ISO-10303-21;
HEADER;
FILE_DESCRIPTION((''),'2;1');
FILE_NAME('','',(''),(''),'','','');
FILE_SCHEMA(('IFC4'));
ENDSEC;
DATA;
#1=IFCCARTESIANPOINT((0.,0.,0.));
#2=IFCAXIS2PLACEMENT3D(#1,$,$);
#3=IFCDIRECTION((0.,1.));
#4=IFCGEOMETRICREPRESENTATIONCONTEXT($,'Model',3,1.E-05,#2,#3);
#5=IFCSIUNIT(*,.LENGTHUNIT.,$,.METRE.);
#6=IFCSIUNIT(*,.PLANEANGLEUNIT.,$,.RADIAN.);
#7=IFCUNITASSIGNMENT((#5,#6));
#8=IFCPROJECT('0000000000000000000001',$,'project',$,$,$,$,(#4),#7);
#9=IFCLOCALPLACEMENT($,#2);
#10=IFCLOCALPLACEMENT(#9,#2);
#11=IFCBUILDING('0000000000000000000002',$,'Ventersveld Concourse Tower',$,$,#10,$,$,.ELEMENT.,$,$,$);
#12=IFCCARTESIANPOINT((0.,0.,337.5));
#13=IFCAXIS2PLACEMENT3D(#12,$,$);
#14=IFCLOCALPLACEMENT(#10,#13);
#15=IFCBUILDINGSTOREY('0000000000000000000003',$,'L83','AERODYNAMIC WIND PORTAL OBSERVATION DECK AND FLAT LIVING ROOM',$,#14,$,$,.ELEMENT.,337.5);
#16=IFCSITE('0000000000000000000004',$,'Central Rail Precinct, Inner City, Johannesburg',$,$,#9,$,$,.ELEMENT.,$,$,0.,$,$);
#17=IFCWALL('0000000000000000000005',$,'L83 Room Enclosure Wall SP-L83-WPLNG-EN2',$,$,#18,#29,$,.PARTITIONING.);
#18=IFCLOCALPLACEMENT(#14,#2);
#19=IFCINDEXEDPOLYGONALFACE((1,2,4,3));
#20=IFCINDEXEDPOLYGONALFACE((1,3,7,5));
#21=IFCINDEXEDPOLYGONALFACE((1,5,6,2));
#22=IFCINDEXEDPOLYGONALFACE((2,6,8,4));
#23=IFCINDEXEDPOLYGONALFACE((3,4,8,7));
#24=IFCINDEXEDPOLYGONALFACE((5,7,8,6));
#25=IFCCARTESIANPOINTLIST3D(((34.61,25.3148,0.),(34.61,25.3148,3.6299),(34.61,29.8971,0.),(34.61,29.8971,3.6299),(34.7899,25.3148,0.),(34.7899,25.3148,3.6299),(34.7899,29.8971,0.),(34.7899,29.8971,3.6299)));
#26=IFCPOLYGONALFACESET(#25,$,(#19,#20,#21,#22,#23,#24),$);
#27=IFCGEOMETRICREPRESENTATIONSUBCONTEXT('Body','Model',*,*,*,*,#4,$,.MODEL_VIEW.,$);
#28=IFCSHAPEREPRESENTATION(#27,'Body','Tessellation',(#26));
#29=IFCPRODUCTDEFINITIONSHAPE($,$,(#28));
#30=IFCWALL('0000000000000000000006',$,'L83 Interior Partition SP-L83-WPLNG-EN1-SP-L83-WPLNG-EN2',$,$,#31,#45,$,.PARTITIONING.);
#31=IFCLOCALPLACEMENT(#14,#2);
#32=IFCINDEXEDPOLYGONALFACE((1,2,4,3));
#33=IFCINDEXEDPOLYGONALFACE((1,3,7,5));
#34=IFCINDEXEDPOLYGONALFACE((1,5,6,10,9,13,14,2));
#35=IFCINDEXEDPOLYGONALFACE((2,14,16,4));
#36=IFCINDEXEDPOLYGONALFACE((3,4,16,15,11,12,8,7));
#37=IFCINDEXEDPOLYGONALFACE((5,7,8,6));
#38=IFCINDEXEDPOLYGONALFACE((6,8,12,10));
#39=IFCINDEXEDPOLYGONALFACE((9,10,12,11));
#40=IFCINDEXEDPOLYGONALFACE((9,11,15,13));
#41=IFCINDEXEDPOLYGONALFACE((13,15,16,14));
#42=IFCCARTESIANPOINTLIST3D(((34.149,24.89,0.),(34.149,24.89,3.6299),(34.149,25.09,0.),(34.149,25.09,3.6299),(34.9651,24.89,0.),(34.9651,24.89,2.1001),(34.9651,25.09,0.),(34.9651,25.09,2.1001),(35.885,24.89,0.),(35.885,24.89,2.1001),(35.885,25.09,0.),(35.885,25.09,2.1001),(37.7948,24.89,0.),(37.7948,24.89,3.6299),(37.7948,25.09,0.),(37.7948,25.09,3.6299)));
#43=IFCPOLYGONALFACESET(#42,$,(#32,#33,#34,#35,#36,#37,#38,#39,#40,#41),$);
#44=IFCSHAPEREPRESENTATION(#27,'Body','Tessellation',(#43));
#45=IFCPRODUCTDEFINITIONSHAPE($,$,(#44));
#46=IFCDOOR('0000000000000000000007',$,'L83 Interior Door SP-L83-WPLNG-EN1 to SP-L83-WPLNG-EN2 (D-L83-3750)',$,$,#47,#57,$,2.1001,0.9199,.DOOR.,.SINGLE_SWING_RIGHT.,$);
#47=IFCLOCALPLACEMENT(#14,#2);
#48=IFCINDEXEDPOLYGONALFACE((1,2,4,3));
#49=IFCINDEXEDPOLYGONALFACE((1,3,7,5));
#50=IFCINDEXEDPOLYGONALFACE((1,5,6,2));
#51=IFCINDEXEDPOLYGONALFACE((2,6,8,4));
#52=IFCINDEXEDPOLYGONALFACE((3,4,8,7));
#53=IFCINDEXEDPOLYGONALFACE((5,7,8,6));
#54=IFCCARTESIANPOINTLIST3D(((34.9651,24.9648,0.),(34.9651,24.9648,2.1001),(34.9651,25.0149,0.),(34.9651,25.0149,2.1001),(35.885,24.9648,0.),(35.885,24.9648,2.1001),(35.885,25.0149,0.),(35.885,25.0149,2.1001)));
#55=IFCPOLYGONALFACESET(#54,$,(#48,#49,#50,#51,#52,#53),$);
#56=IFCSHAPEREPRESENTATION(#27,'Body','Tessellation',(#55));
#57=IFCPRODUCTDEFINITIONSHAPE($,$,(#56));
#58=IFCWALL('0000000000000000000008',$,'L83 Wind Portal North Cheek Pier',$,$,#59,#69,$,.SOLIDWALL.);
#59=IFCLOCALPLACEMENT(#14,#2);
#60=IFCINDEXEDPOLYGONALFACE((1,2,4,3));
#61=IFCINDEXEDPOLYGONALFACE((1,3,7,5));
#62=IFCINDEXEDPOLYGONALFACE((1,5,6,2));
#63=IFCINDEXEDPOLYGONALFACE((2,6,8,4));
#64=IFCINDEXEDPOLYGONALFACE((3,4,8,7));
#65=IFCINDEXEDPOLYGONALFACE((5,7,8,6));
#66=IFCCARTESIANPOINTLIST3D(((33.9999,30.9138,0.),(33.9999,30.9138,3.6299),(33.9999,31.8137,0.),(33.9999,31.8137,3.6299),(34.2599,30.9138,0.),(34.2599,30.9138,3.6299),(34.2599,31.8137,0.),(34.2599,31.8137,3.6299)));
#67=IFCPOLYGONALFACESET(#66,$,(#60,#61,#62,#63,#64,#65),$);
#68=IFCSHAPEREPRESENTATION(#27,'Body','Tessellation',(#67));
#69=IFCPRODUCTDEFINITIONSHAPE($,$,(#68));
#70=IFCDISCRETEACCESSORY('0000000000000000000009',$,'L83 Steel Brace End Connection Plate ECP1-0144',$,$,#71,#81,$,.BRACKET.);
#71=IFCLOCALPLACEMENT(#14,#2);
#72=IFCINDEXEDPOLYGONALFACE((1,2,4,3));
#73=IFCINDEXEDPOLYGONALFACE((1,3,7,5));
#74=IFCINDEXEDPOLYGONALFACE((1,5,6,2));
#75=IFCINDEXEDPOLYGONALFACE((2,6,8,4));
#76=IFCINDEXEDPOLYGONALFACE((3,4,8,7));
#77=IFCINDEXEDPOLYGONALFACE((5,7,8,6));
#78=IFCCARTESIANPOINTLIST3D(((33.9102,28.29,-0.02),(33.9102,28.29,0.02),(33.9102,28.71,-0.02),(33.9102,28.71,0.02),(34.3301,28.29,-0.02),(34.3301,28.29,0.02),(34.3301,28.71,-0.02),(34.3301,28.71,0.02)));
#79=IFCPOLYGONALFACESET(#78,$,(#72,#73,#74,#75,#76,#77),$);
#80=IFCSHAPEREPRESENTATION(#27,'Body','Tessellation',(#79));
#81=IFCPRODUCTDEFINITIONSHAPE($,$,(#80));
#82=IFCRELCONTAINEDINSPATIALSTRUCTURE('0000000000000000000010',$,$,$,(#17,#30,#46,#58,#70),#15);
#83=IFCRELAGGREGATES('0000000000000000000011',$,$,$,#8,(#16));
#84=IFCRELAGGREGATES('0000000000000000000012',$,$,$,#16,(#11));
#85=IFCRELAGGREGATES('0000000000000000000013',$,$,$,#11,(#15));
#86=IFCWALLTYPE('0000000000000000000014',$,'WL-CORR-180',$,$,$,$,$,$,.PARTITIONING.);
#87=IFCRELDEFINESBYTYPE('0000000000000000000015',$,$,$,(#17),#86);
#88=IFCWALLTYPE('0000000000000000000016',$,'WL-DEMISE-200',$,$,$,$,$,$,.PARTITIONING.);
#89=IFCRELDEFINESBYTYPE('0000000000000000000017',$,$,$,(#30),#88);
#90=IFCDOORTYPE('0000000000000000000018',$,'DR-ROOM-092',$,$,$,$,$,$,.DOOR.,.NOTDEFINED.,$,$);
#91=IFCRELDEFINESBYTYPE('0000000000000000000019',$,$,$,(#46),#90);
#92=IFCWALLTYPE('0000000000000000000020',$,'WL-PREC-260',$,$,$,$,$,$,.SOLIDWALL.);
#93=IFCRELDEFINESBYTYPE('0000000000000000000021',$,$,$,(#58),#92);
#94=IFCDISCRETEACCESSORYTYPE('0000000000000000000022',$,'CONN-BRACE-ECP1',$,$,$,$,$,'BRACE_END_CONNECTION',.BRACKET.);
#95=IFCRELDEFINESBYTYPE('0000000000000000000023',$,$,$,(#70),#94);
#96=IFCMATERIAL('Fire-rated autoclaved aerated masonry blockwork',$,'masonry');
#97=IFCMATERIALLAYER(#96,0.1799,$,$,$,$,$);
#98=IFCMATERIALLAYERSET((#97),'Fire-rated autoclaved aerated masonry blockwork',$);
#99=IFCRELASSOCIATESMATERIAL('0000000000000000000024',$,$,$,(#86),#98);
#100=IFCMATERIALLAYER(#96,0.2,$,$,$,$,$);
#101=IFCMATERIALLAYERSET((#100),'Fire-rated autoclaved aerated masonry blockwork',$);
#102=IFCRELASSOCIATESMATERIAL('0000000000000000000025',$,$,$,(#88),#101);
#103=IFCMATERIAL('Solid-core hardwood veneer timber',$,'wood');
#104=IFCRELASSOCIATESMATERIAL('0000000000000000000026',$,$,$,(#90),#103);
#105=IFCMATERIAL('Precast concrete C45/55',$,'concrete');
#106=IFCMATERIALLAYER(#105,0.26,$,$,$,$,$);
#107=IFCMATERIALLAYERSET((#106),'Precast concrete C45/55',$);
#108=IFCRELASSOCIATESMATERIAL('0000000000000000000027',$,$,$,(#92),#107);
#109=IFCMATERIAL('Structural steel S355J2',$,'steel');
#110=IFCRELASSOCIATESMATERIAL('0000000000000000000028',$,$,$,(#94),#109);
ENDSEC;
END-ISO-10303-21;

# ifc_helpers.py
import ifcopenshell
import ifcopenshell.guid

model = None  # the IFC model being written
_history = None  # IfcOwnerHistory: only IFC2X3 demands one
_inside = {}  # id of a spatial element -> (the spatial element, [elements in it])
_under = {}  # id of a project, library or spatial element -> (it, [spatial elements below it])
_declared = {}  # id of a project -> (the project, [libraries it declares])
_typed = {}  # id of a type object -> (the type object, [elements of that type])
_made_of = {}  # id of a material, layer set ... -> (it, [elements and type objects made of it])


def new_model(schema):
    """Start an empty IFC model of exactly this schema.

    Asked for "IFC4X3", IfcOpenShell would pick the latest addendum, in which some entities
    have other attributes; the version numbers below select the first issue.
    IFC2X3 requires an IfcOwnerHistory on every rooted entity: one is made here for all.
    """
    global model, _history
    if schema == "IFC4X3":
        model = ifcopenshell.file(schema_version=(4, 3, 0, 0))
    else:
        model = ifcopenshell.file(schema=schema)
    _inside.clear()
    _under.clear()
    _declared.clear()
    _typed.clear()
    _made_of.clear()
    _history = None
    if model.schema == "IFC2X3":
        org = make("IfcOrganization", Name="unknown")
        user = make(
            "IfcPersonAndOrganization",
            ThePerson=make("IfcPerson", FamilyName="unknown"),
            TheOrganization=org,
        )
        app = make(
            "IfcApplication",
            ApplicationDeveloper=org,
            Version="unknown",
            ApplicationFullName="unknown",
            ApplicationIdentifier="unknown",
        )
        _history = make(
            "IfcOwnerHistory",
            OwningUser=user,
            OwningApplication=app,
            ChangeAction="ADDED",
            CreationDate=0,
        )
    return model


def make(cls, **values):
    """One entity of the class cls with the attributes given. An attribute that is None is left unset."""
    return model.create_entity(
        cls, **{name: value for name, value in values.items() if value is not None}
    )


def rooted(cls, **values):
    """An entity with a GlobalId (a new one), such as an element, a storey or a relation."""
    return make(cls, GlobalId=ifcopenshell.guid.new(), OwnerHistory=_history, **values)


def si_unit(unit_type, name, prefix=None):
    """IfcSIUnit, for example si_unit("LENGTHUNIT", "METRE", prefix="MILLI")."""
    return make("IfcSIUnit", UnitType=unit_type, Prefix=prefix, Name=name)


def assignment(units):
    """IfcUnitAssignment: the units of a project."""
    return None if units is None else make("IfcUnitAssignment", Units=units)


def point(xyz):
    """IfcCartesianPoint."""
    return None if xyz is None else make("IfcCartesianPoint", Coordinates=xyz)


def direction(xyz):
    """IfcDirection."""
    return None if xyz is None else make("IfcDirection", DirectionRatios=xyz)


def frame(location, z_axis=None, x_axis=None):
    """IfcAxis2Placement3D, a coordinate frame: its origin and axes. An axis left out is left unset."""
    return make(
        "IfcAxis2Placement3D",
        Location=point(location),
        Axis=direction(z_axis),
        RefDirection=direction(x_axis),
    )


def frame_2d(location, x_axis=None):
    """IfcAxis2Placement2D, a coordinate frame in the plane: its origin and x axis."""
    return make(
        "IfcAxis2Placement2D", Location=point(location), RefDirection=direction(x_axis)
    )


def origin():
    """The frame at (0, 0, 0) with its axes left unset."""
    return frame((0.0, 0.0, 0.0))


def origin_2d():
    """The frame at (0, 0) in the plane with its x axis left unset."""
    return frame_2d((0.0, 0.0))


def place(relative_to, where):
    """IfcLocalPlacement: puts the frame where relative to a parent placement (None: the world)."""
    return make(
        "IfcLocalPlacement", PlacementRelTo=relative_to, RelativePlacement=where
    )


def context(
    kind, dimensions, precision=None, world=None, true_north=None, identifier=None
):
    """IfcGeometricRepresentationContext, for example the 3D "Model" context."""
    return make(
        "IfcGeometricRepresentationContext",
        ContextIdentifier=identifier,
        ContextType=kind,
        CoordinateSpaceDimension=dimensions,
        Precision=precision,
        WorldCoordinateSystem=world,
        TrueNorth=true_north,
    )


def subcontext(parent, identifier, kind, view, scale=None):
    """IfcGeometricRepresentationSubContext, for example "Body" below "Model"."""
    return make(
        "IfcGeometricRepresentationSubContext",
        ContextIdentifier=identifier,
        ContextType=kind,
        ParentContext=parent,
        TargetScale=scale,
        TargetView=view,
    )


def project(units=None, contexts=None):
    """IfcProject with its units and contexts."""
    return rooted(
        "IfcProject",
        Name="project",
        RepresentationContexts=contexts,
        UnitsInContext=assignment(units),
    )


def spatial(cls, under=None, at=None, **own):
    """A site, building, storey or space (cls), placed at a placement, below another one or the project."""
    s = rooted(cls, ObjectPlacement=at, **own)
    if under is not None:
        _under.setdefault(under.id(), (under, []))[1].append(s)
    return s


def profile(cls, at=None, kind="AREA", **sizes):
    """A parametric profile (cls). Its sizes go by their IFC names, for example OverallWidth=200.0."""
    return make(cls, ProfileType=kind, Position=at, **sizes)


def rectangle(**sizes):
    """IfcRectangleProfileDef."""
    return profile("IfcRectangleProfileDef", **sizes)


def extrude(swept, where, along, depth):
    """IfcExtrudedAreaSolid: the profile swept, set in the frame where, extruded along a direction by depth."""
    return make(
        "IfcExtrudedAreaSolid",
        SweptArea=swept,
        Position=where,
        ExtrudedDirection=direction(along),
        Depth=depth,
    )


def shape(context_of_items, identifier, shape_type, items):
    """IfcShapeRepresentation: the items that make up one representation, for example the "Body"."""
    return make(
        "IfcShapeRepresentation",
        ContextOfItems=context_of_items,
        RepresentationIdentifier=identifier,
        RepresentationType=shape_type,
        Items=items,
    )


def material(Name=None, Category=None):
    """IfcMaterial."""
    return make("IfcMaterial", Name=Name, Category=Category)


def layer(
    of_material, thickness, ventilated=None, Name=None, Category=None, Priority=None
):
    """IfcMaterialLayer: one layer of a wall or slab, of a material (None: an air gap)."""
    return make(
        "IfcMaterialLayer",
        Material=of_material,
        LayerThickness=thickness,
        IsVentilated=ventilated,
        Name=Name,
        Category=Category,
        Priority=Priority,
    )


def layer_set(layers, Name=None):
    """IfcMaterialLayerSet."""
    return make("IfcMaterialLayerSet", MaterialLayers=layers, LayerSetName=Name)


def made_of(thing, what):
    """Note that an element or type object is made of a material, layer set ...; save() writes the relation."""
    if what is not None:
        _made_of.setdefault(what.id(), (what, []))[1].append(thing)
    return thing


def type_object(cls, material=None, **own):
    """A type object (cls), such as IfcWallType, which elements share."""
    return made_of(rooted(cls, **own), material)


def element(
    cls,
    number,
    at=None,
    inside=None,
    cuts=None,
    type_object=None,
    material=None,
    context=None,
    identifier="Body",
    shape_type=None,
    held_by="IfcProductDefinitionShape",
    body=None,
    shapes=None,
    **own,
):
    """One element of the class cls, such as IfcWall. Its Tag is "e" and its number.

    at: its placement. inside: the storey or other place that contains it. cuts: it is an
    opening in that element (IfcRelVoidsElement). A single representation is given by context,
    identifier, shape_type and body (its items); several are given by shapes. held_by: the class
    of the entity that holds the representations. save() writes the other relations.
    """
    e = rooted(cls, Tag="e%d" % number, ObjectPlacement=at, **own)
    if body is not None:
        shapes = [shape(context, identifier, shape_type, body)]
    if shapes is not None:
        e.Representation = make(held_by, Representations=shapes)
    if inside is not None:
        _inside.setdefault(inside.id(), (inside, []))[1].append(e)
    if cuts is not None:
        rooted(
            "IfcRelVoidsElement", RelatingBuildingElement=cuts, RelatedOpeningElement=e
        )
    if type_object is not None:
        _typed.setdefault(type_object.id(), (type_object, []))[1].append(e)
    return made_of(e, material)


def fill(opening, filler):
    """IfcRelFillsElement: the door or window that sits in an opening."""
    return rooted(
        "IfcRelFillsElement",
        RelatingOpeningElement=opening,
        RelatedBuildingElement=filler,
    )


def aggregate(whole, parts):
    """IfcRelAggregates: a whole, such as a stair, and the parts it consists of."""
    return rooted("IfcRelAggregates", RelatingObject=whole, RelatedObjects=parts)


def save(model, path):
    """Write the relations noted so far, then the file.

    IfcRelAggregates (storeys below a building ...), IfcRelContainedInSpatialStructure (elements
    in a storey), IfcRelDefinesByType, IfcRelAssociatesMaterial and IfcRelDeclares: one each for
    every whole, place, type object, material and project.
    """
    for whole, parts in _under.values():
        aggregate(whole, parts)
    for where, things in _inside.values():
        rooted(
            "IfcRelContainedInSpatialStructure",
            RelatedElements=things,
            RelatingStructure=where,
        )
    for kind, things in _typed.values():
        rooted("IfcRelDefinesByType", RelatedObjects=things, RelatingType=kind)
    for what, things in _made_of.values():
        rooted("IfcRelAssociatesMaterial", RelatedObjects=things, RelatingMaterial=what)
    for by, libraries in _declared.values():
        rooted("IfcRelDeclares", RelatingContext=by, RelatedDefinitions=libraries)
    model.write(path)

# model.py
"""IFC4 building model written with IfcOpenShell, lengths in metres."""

from ifc_helpers import new_model, si_unit, direction, frame, frame_2d, origin, origin_2d, place, context, subcontext, project, spatial, rectangle, extrude, material, layer, layer_set, type_object, element, fill, save


model = new_model("IFC4")

# Units and contexts
model_context = context("Model", 3, precision=1e-05, world=origin(), true_north=direction((0.0, 1.0)))
body_context = subcontext(model_context, "Body", "Model", "MODEL_VIEW")
ifc_project = project(units=[si_unit("LENGTHUNIT", "METRE"), si_unit("PLANEANGLEUNIT", "RADIAN")], contexts=[model_context])

# Site, building, storey
site_placement = place(None, origin())
site = spatial("IfcSite", under=ifc_project, at=site_placement, Name="Central Rail Precinct, Inner City, Johannesburg", CompositionType="ELEMENT", RefElevation=0.0)
building_placement = place(site_placement, origin())
building = spatial("IfcBuilding", under=site, at=building_placement, Name="Ventersveld Concourse Tower", CompositionType="ELEMENT")
storey_placement = place(building_placement, frame((0.0, 0.0, 337.5)))
storey = spatial("IfcBuildingStorey", under=building, at=storey_placement, Name="L83", Description="AERODYNAMIC WIND PORTAL OBSERVATION DECK AND FLAT LIVING ROOM", CompositionType="ELEMENT", Elevation=337.5)

# Shared definitions
ifc_material_1 = material(Name="Structural steel S355J2", Category="steel")

# Wall
ifc_material_2 = material(Name="Fire-rated autoclaved aerated masonry blockwork", Category="masonry")
ifc_layer_1 = layer(ifc_material_2, 0.1799)
ifc_layer_set_1 = layer_set([ifc_layer_1], Name="Fire-rated autoclaved aerated masonry blockwork")
wall_type_1 = type_object("IfcWallType", Name="WL-CORR-180", PredefinedType="PARTITIONING", material=ifc_layer_set_1)
wall_1_placement = place(storey_placement, frame((34.7, 25.3149, 0.0), z_axis=(0.0, 0.0, 1.0), x_axis=(0.0, 1.0, 0.0)))
element("IfcWall", 1, at=wall_1_placement, inside=storey, type_object=wall_type_1, Name="L83 Room Enclosure Wall SP-L83-WPLNG-EN2", PredefinedType="PARTITIONING", context=body_context, shape_type="SweptSolid", body=[
    extrude(rectangle(XDim=4.5823, YDim=0.1799, at=frame_2d((2.291, 0.0))), origin(), (0.0, 0.0, 1.0), 3.6299),
])

# Wall, opening, door
ifc_layer_2 = layer(ifc_material_2, 0.2)
ifc_layer_set_2 = layer_set([ifc_layer_2], Name="Fire-rated autoclaved aerated masonry blockwork")
wall_type_2 = type_object("IfcWallType", Name="WL-DEMISE-200", PredefinedType="PARTITIONING", material=ifc_layer_set_2)
wall_2_placement = place(storey_placement, frame((34.1492, 24.99, 0.0), z_axis=(0.0, 0.0, 1.0), x_axis=(1.0, 0.0, 0.0)))
wall_2 = element("IfcWall", 2, at=wall_2_placement, inside=storey, type_object=wall_type_2, Name="L83 Interior Partition SP-L83-WPLNG-EN1-SP-L83-WPLNG-EN2", PredefinedType="PARTITIONING", context=body_context, shape_type="SweptSolid", body=[
    extrude(rectangle(XDim=3.6458, YDim=0.2, at=frame_2d((1.8228, 0.0))), origin(), (0.0, 0.0, 1.0), 3.6299),
])
opening_placement = place(wall_2_placement, frame((0.8159, 0.0, 0.0)))
opening = element("IfcOpeningElement", 3, at=opening_placement, cuts=wall_2, PredefinedType="OPENING", context=body_context, shape_type="SweptSolid", body=[
    extrude(rectangle(XDim=0.9199, YDim=2.1001, at=frame_2d((0.46, 1.05))), frame((0.0, 0.1099, 0.0), z_axis=(0.0, -1.0, 0.0), x_axis=(1.0, 0.0, 0.0)), (0.0, 0.0, 1.0), 0.22),
])
ifc_material_3 = material(Name="Solid-core hardwood veneer timber", Category="wood")
door_type = type_object("IfcDoorType", Name="DR-ROOM-092", OperationType="NOTDEFINED", PredefinedType="DOOR", material=ifc_material_3)
door_placement = place(opening_placement, origin())
door = element("IfcDoor", 4, at=door_placement, inside=storey, type_object=door_type, Name="L83 Interior Door SP-L83-WPLNG-EN1 to SP-L83-WPLNG-EN2 (D-L83-3750)", OperationType="SINGLE_SWING_RIGHT", OverallHeight=2.1001, OverallWidth=0.9199, PredefinedType="DOOR", context=body_context, shape_type="SweptSolid", body=[
    extrude(rectangle(XDim=0.9199, YDim=2.1001, at=frame_2d((0.46, 1.05))), frame((0.0, 0.0249, 0.0), z_axis=(0.0, -1.0, 0.0), x_axis=(1.0, 0.0, 0.0)), (0.0, 0.0, 1.0), 0.05),
])
fill(opening, door)

# Wall
ifc_material_4 = material(Name="Precast concrete C45/55", Category="concrete")
ifc_layer_3 = layer(ifc_material_4, 0.26)
ifc_layer_set_3 = layer_set([ifc_layer_3], Name="Precast concrete C45/55")
wall_type_3 = type_object("IfcWallType", Name="WL-PREC-260", PredefinedType="SOLIDWALL", material=ifc_layer_set_3)
wall_3_placement = place(storey_placement, frame((34.1299, 30.9138, 0.0), z_axis=(0.0, 0.0, 1.0), x_axis=(0.0, 1.0, 0.0)))
element("IfcWall", 5, at=wall_3_placement, inside=storey, type_object=wall_type_3, Name="L83 Wind Portal North Cheek Pier", PredefinedType="SOLIDWALL", context=body_context, shape_type="SweptSolid", body=[
    extrude(rectangle(XDim=0.8999, YDim=0.26, at=frame_2d((0.45, 0.0))), origin(), (0.0, 0.0, 1.0), 3.6299),
])

# Discrete accessory
discrete_accessory_type = type_object("IfcDiscreteAccessoryType", Name="CONN-BRACE-ECP1", ElementType="BRACE_END_CONNECTION", PredefinedType="BRACKET", material=ifc_material_1)
discrete_accessory_placement = place(storey_placement, frame((34.1201, 28.5, -0.02), z_axis=(0.0, 0.0, 1.0), x_axis=(1.0, 0.0, 0.0)))
element("IfcDiscreteAccessory", 6, at=discrete_accessory_placement, inside=storey, type_object=discrete_accessory_type, Name="L83 Steel Brace End Connection Plate ECP1-0144", PredefinedType="BRACKET", context=body_context, shape_type="SweptSolid", body=[
    extrude(rectangle(XDim=0.4199, YDim=0.4199, at=origin_2d()), origin(), (0.0, 0.0, 1.0), 0.04),
])

save(model, "model.ifc")
